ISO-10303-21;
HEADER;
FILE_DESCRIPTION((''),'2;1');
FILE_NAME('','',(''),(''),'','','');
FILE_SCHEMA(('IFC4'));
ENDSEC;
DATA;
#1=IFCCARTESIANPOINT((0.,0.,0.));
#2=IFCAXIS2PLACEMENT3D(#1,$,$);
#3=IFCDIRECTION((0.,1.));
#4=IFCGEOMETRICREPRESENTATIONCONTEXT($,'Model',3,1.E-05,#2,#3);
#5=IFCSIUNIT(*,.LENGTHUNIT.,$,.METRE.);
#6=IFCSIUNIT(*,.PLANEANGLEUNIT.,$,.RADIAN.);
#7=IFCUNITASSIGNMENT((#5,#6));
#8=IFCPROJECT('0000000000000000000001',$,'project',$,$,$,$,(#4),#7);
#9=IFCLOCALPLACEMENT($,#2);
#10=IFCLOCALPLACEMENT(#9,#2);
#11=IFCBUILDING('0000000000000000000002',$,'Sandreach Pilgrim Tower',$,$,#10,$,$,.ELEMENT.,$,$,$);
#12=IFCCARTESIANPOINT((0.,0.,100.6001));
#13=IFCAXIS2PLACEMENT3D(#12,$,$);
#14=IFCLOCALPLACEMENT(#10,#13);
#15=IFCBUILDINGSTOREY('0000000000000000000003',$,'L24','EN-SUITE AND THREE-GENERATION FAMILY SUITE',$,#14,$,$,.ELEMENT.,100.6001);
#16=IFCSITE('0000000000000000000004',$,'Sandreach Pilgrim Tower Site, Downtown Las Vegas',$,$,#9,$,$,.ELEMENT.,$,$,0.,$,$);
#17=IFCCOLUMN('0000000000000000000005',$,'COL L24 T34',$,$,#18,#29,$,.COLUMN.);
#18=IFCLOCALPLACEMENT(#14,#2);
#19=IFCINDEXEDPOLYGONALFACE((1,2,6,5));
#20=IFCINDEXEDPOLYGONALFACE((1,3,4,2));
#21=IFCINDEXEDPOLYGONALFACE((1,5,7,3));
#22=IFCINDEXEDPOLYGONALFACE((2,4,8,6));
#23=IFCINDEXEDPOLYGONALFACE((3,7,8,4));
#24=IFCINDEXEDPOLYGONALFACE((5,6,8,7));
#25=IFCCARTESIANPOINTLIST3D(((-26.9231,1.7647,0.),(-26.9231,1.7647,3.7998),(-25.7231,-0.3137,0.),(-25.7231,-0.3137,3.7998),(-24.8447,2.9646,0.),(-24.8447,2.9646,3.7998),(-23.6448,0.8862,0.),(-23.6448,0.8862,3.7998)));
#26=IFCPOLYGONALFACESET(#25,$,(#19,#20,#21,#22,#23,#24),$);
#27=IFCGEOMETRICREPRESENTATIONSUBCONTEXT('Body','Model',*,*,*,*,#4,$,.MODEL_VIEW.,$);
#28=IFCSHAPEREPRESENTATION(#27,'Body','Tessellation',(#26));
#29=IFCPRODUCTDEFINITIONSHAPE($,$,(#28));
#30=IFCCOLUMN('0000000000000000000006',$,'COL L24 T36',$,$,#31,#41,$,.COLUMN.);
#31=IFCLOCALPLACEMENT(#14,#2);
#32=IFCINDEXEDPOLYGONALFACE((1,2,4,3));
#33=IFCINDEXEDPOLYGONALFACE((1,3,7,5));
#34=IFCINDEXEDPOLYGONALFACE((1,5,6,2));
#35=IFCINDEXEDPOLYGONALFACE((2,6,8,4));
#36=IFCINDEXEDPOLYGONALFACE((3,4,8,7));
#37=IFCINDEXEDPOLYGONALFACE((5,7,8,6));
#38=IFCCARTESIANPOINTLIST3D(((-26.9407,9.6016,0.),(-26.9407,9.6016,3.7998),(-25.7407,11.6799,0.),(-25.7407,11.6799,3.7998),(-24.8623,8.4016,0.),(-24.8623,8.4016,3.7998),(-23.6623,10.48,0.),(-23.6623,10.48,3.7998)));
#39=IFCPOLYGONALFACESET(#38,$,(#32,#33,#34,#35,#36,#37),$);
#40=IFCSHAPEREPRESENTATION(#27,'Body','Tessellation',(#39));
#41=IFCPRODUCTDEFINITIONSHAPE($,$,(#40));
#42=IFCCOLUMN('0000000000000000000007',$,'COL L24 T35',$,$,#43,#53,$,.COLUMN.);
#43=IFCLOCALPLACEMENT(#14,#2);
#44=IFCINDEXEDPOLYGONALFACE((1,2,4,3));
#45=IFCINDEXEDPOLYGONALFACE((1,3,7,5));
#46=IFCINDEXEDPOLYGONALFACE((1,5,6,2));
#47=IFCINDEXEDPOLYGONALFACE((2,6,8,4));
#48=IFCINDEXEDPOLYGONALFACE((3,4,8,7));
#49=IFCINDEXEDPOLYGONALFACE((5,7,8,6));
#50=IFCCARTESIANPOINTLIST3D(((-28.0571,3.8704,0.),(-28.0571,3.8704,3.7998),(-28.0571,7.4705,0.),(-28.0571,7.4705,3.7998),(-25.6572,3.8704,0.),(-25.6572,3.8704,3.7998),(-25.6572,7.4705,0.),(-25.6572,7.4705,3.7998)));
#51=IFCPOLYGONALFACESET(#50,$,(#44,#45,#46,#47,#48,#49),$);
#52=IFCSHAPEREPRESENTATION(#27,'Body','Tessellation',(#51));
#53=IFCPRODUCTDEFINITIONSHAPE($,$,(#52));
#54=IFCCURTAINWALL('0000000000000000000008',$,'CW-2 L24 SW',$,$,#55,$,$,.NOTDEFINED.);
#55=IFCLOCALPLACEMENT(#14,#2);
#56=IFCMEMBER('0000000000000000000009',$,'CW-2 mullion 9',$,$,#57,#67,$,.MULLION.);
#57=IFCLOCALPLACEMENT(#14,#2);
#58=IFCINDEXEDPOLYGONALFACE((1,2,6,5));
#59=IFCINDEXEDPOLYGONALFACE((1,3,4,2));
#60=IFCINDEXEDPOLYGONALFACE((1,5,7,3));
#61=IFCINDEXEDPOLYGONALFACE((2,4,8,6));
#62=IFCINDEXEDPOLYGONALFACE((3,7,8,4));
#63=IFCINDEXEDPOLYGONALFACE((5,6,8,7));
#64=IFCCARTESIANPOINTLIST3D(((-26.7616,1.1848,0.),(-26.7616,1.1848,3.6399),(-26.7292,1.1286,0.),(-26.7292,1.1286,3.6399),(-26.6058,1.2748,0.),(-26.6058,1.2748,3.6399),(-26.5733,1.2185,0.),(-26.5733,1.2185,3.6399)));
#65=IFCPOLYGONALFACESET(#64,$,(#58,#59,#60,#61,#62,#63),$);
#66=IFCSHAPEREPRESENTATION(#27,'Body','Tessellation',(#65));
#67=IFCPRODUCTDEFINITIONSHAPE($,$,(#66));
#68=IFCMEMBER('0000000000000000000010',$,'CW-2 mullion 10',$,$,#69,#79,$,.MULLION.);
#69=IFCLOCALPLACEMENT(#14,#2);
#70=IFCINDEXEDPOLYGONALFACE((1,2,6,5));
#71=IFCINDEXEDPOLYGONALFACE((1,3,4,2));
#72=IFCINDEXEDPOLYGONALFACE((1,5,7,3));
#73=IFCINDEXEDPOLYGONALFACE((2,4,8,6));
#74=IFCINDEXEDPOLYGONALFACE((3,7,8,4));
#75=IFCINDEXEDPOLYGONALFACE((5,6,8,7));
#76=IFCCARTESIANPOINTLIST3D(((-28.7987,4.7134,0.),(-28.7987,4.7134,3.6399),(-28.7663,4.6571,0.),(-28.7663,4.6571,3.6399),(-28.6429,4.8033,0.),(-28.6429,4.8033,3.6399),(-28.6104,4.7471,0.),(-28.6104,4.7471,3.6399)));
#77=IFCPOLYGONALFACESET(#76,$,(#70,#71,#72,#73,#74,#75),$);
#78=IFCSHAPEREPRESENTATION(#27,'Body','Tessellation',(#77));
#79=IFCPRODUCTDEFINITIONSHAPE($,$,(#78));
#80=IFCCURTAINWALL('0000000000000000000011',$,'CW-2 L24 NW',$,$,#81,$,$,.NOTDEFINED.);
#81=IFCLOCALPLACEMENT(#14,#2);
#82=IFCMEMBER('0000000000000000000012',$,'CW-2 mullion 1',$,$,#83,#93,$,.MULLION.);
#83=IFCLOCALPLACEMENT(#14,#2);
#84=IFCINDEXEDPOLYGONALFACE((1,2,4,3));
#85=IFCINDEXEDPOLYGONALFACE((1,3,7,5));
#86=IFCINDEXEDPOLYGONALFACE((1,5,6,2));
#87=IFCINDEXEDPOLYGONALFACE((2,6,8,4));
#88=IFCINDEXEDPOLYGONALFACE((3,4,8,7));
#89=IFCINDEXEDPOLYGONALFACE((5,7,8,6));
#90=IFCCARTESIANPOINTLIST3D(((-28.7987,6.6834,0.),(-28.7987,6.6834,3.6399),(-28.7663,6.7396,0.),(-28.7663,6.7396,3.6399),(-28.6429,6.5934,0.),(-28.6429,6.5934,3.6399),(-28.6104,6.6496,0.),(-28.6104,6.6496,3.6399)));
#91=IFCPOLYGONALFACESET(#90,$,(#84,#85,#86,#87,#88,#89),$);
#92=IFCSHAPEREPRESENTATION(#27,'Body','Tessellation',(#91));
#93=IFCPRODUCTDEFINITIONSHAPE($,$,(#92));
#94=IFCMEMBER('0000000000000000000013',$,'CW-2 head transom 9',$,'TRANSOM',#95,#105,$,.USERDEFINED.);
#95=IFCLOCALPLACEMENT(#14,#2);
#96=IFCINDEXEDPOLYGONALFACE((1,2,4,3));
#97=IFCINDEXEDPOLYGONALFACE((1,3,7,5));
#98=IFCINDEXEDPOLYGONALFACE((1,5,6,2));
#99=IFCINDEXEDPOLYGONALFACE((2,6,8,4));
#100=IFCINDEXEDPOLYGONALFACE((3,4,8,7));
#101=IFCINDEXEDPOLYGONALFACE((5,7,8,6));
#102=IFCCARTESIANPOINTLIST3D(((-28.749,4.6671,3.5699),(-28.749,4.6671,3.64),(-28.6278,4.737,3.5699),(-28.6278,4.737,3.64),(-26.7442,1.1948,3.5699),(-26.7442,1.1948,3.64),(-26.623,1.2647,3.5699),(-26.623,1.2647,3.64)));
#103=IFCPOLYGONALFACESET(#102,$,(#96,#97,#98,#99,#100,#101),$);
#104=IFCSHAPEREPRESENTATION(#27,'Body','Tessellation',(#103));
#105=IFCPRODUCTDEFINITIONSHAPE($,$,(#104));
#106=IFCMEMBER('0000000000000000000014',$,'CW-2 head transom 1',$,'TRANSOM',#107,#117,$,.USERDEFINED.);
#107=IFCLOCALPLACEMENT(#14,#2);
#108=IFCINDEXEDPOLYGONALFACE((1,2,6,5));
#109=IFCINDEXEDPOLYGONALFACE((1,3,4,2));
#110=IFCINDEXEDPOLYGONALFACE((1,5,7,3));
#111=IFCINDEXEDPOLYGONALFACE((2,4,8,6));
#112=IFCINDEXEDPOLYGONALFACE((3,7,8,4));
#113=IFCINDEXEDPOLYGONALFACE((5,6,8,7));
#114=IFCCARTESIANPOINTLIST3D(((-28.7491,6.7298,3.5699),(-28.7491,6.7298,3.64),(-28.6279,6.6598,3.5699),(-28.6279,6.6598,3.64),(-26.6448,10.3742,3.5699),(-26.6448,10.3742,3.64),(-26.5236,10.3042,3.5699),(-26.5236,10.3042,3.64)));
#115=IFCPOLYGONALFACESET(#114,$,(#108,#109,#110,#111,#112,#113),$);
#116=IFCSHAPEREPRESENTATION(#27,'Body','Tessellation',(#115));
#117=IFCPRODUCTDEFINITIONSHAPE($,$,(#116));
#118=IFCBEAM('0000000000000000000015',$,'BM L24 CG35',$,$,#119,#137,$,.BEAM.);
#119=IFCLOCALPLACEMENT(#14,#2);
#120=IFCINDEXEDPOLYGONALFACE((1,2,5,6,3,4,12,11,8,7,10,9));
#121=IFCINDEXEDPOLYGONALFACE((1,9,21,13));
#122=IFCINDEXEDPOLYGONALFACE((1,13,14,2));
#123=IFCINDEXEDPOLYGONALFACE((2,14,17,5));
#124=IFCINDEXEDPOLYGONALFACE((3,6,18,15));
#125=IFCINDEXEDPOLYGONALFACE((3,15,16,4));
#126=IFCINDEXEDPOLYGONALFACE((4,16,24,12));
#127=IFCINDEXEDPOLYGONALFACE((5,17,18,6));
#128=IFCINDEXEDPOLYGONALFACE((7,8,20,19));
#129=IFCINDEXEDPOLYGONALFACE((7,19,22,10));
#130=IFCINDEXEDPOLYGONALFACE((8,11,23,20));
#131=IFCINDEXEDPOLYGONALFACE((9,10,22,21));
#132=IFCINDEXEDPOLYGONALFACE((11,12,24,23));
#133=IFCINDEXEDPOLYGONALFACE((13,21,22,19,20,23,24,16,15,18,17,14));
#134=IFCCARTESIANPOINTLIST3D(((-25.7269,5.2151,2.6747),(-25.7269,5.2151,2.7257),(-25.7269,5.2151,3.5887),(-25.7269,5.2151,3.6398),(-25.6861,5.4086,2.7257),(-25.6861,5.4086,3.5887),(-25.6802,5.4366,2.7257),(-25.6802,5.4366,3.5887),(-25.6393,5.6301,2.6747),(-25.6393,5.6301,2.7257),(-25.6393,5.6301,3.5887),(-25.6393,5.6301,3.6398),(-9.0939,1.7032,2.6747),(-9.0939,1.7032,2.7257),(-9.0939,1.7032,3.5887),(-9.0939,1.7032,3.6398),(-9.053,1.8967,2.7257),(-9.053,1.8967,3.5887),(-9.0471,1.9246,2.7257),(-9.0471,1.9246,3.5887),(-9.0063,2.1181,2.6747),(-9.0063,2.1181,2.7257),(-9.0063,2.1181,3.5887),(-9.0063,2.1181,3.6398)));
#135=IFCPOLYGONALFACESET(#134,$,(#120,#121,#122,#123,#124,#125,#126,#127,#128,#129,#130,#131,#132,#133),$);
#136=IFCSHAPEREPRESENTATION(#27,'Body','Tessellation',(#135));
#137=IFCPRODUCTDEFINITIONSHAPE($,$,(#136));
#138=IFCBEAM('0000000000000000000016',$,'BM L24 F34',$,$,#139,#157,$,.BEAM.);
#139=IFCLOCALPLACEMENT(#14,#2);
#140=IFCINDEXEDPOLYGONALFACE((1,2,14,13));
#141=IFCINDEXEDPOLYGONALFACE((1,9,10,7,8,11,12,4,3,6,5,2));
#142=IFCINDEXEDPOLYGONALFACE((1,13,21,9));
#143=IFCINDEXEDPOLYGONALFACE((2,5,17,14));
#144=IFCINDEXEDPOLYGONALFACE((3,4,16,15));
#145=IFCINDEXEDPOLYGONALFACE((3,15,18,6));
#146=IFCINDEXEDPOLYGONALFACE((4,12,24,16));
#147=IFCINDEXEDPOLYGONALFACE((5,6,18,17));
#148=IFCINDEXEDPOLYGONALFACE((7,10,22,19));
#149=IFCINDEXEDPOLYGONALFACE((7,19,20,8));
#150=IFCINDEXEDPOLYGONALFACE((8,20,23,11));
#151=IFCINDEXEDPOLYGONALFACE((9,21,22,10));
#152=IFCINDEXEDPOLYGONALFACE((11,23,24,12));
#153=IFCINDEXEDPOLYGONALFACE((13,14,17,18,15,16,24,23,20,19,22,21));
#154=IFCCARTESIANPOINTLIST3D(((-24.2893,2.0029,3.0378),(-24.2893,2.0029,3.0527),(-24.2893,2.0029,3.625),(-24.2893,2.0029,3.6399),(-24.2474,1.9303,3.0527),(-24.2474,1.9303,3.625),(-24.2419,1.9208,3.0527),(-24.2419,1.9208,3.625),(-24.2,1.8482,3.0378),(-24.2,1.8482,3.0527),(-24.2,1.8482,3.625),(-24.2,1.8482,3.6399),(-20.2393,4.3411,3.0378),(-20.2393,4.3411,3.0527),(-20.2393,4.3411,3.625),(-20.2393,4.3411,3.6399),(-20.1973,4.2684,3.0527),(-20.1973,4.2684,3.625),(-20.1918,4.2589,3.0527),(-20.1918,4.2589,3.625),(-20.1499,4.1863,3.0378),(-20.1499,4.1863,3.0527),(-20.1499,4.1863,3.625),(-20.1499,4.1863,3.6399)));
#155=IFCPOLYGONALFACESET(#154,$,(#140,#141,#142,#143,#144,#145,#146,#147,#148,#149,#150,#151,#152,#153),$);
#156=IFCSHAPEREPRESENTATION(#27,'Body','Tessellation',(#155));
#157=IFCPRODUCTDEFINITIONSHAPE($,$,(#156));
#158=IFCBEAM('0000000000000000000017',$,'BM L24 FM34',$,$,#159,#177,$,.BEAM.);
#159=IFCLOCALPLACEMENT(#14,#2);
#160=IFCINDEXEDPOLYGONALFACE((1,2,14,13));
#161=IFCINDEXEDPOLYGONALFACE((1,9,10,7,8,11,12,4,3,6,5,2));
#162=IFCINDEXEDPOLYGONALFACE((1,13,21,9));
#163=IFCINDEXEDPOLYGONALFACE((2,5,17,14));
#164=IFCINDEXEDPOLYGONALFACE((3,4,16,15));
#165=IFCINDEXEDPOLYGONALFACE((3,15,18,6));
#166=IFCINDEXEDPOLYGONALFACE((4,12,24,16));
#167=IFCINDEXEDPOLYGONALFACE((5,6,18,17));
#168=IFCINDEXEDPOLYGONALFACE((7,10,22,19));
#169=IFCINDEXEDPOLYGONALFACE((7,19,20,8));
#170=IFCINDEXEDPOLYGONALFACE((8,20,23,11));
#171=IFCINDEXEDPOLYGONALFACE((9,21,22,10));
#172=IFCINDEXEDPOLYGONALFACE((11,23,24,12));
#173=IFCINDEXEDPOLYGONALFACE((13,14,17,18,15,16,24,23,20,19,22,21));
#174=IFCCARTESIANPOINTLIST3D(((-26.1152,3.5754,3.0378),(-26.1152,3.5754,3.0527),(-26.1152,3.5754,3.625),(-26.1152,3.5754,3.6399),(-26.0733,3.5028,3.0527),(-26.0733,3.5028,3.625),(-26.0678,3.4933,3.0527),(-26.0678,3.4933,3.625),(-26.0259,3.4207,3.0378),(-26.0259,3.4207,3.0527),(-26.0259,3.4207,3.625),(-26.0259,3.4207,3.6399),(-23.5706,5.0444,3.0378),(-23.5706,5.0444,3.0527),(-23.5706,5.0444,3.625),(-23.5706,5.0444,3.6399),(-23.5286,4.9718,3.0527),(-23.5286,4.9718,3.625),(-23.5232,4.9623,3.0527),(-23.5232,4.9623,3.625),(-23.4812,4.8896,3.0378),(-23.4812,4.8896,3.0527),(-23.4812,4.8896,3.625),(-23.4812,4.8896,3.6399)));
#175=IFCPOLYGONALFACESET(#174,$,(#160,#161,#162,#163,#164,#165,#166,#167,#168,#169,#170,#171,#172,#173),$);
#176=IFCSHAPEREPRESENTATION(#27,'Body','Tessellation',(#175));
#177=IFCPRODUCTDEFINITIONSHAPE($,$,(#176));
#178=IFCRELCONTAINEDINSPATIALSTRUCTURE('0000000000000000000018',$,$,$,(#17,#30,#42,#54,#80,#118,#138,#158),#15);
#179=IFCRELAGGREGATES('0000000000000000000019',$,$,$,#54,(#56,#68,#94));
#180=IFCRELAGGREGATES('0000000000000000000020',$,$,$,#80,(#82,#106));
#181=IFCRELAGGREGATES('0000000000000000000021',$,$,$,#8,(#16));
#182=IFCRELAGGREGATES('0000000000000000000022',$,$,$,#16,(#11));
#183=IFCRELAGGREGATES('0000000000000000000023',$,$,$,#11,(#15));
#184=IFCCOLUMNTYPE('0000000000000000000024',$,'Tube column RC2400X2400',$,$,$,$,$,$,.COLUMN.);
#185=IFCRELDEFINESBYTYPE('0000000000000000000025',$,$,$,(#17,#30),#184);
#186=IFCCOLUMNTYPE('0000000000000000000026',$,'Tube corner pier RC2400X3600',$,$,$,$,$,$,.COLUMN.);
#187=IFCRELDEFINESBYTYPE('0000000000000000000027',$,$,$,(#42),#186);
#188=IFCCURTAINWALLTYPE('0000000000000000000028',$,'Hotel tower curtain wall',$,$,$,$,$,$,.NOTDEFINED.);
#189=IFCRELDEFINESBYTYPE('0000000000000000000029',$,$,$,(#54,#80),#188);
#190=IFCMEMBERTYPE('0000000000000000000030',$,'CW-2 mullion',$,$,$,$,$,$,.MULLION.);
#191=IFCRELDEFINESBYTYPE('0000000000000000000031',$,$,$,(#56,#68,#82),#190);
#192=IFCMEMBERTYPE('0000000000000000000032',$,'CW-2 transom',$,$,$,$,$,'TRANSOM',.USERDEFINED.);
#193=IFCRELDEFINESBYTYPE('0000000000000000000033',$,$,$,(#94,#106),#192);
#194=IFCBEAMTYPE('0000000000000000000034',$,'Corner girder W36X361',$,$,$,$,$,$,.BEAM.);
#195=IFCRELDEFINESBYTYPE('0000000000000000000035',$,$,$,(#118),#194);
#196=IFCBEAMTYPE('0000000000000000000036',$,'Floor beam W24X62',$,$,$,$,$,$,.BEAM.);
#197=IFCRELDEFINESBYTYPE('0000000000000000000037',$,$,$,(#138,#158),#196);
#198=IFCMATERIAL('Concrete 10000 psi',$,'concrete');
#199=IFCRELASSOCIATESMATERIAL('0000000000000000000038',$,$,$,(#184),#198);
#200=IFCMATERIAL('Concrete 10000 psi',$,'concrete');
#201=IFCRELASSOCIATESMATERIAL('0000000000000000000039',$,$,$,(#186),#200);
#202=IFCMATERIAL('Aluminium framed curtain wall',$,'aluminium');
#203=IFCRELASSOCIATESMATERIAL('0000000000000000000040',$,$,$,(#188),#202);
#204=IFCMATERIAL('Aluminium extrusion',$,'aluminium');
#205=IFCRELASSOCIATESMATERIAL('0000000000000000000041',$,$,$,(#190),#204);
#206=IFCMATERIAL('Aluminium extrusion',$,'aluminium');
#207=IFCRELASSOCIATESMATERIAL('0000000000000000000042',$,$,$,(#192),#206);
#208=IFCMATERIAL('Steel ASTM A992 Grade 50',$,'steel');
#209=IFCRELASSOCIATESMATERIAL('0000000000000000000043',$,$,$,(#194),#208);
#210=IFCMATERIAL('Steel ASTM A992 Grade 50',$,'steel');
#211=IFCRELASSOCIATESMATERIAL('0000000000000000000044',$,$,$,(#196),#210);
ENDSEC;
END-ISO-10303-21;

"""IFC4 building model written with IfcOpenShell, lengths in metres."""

from ifc_helpers import new_model, si_unit, direction, frame, origin, origin_2d, place, context, subcontext, project, spatial, rectangle, i_section, extrude, material, material_profile, profile_set, type_object, element, aggregate, save


model = new_model("IFC4")

# Units and contexts
model_context = context("Model", 3, precision=1e-05, world=origin(), true_north=direction((0.0, 1.0)))
body_context = subcontext(model_context, "Body", "Model", "MODEL_VIEW")
ifc_project = project(units=[si_unit("LENGTHUNIT", "METRE"), si_unit("PLANEANGLEUNIT", "RADIAN")], contexts=[model_context])

# Site, building, storey
site_placement = place(None, origin())
site = spatial("IfcSite", under=ifc_project, at=site_placement, Name="Sandreach Pilgrim Tower Site, Downtown Las Vegas", CompositionType="ELEMENT", RefElevation=0.0)
building_placement = place(site_placement, origin())
building = spatial("IfcBuilding", under=site, at=building_placement, Name="Sandreach Pilgrim Tower", CompositionType="ELEMENT")
storey_placement = place(building_placement, frame((0.0, 0.0, 100.6001)))
storey = spatial("IfcBuildingStorey", under=building, at=storey_placement, Name="L24", Description="EN-SUITE AND THREE-GENERATION FAMILY SUITE", CompositionType="ELEMENT", Elevation=100.6001)

# Columns
ifc_material_1 = material(Name="Concrete 10000 psi", Category="concrete")
ifc_material_profile_1 = material_profile(ifc_material_1, rectangle(XDim=2.3999, YDim=2.3999, at=origin_2d()), Name="RC2400X2400")
ifc_profile_set_1 = profile_set([ifc_material_profile_1], Name="Concrete 10000 psi")
column_type_1 = type_object("IfcColumnType", Name="Tube column RC2400X2400", PredefinedType="COLUMN", material=ifc_profile_set_1)
for number, where, z_axis, x_axis, name in (
    (1, (-25.2839, 1.3254, 0.0), (0.0, 0.0, 1.0), (-0.866025, -0.5, 0.0), "COL L24 T34"),
    (2, (-25.3015, 10.0408, 0.0), (0.0, 0.0, 1.0), (-0.866025, 0.5, 0.0), "COL L24 T36"),
):
    element("IfcColumn", number, at=place(storey_placement, frame(where, z_axis=z_axis, x_axis=x_axis)), inside=storey, type_object=column_type_1, Name=name, PredefinedType="COLUMN", context=body_context, shape_type="SweptSolid", body=[
        extrude(rectangle(XDim=2.3999, YDim=2.3999, at=origin_2d()), origin(), (0.0, 0.0, 1.0), 3.7998),
    ])
ifc_material_2 = material(Name="Concrete 10000 psi", Category="concrete")
ifc_material_profile_2 = material_profile(ifc_material_2, rectangle(XDim=2.3999, YDim=3.6001, at=origin_2d()), Name="RC2400X3600")
ifc_profile_set_2 = profile_set([ifc_material_profile_2], Name="Concrete 10000 psi")
column_type_2 = type_object("IfcColumnType", Name="Tube corner pier RC2400X3600", PredefinedType="COLUMN", material=ifc_profile_set_2)
column_placement = place(storey_placement, frame((-26.8572, 5.6704, 0.0), z_axis=(0.0, 0.0, 1.0), x_axis=(-1.0, 0.0, 0.0)))
element("IfcColumn", 3, at=column_placement, inside=storey, type_object=column_type_2, Name="COL L24 T35", PredefinedType="COLUMN", context=body_context, shape_type="SweptSolid", body=[
    extrude(rectangle(XDim=2.3999, YDim=3.6001, at=origin_2d()), origin(), (0.0, 0.0, 1.0), 3.7998),
])

# Curtain wall, members
ifc_material_3 = material(Name="Aluminium framed curtain wall", Category="aluminium")
curtain_wall_type = type_object("IfcCurtainWallType", Name="Hotel tower curtain wall", PredefinedType="NOTDEFINED", material=ifc_material_3)
curtain_wall_1_placement = place(storey_placement, origin())
curtain_wall_1 = element("IfcCurtainWall", 4, at=curtain_wall_1_placement, inside=storey, type_object=curtain_wall_type, Name="CW-2 L24 SW", PredefinedType="NOTDEFINED")
ifc_material_4 = material(Name="Aluminium extrusion", Category="aluminium")
ifc_material_profile_3 = material_profile(ifc_material_4, rectangle(XDim=0.0649, YDim=0.1799, at=origin_2d()), Name="CW-2M 65X180")
ifc_profile_set_3 = profile_set([ifc_material_profile_3], Name="Aluminium extrusion")
member_type_1 = type_object("IfcMemberType", Name="CW-2 mullion", PredefinedType="MULLION", material=ifc_profile_set_3)
member_1_placement = place(storey_placement, frame((-26.6675, 1.2017, 0.0), z_axis=(0.0, 0.0, 1.0), x_axis=(-0.5, 0.866025, 0.0)))
member_1 = element("IfcMember", 5, at=member_1_placement, type_object=member_type_1, Name="CW-2 mullion 9", PredefinedType="MULLION", context=body_context, shape_type="SweptSolid", body=[
    extrude(rectangle(XDim=0.0649, YDim=0.1799, at=origin_2d()), origin(), (0.0, 0.0, 1.0), 3.6399),
])
member_2_placement = place(storey_placement, frame((-28.7046, 4.7302, 0.0), z_axis=(0.0, 0.0, 1.0), x_axis=(-0.5, 0.866025, 0.0)))
member_2 = element("IfcMember", 6, at=member_2_placement, type_object=member_type_1, Name="CW-2 mullion 10", PredefinedType="MULLION", context=body_context, shape_type="SweptSolid", body=[
    extrude(rectangle(XDim=0.0649, YDim=0.1799, at=origin_2d()), origin(), (0.0, 0.0, 1.0), 3.6399),
])

# Curtain wall, member
curtain_wall_2_placement = place(storey_placement, origin())
curtain_wall_2 = element("IfcCurtainWall", 7, at=curtain_wall_2_placement, inside=storey, type_object=curtain_wall_type, Name="CW-2 L24 NW", PredefinedType="NOTDEFINED")
member_3_placement = place(storey_placement, frame((-28.7046, 6.6665, 0.0), z_axis=(0.0, 0.0, 1.0), x_axis=(0.5, 0.866025, 0.0)))
member_3 = element("IfcMember", 8, at=member_3_placement, type_object=member_type_1, Name="CW-2 mullion 1", PredefinedType="MULLION", context=body_context, shape_type="SweptSolid", body=[
    extrude(rectangle(XDim=0.0649, YDim=0.1799, at=origin_2d()), origin(), (0.0, 0.0, 1.0), 3.6399),
])

# Members
ifc_material_5 = material(Name="Aluminium extrusion", Category="aluminium")
ifc_material_profile_4 = material_profile(ifc_material_5, rectangle(XDim=0.1399, YDim=0.0701, at=origin_2d()), Name="CW-2T 140X70")
ifc_profile_set_4 = profile_set([ifc_material_profile_4], Name="Aluminium extrusion")
member_type_2 = type_object("IfcMemberType", Name="CW-2 transom", ElementType="TRANSOM", PredefinedType="USERDEFINED", material=ifc_profile_set_4)
member_4_placement = place(storey_placement, frame((-26.6836, 1.2297, 3.605), z_axis=(-0.500016, 0.866016, 0.0), x_axis=(-0.866016, -0.500016, 0.0)))
member_4 = element("IfcMember", 9, at=member_4_placement, type_object=member_type_2, Name="CW-2 head transom 9", ObjectType="TRANSOM", PredefinedType="USERDEFINED", context=body_context, shape_type="SweptSolid", body=[
    extrude(rectangle(XDim=0.1399, YDim=0.0701, at=origin_2d()), origin(), (0.0, 0.0, 1.0), 4.0095),
])
member_5_placement = place(storey_placement, frame((-28.6885, 6.6948, 3.605), z_axis=(0.500039, 0.866003, 0.0), x_axis=(-0.866003, 0.500039, 0.0)))
member_5 = element("IfcMember", 10, at=member_5_placement, type_object=member_type_2, Name="CW-2 head transom 1", ObjectType="TRANSOM", PredefinedType="USERDEFINED", context=body_context, shape_type="SweptSolid", body=[
    extrude(rectangle(XDim=0.1399, YDim=0.0701, at=origin_2d()), origin(), (0.0, 0.0, 1.0), 4.2083),
])

# Beams
ifc_material_6 = material(Name="Steel ASTM A992 Grade 50", Category="steel")
ifc_material_profile_5 = material_profile(ifc_material_6, i_section(OverallWidth=0.4241, OverallDepth=0.9651, WebThickness=0.0286, FlangeThickness=0.051, at=origin_2d()), Name="W36X361")
ifc_profile_set_5 = profile_set([ifc_material_profile_5], Name="Steel ASTM A992 Grade 50")
beam_type_1 = type_object("IfcBeamType", Name="Corner girder W36X361", PredefinedType="BEAM", material=ifc_profile_set_5)
beam_1_placement = place(storey_placement, frame((-25.6831, 5.4226, 3.1572), z_axis=(0.978428, -0.206589, 0.0), x_axis=(0.206589, 0.978428, 0.0)))
element("IfcBeam", 11, at=beam_1_placement, inside=storey, type_object=beam_type_1, Name="BM L24 CG35", PredefinedType="BEAM", context=body_context, shape_type="SweptSolid", body=[
    extrude(i_section(OverallWidth=0.4241, OverallDepth=0.9651, WebThickness=0.0286, FlangeThickness=0.051, at=origin_2d()), origin(), (0.0, 0.0, 1.0), 16.9998),
])
ifc_material_7 = material(Name="Steel ASTM A992 Grade 50", Category="steel")
ifc_material_profile_6 = material_profile(ifc_material_7, i_section(OverallWidth=0.1787, OverallDepth=0.6021, WebThickness=0.011, FlangeThickness=0.0149, at=origin_2d()), Name="W24X62")
ifc_profile_set_6 = profile_set([ifc_material_profile_6], Name="Steel ASTM A992 Grade 50")
beam_type_2 = type_object("IfcBeamType", Name="Floor beam W24X62", PredefinedType="BEAM", material=ifc_profile_set_6)
beam_2_placement = place(storey_placement, frame((-24.2446, 1.9255, 3.3389), z_axis=(0.86604, 0.499974, 0.0), x_axis=(-0.499974, 0.86604, 0.0)))
element("IfcBeam", 12, at=beam_2_placement, inside=storey, type_object=beam_type_2, Name="BM L24 F34", PredefinedType="BEAM", context=body_context, shape_type="SweptSolid", body=[
    extrude(i_section(OverallWidth=0.1787, OverallDepth=0.6021, WebThickness=0.011, FlangeThickness=0.0149, at=origin_2d()), origin(), (0.0, 0.0, 1.0), 4.6765),
])
beam_3_placement = place(storey_placement, frame((-26.0706, 3.498, 3.3389), z_axis=(0.866051, 0.499955, 0.0), x_axis=(-0.499955, 0.866051, 0.0)))
element("IfcBeam", 13, at=beam_3_placement, inside=storey, type_object=beam_type_2, Name="BM L24 FM34", PredefinedType="BEAM", context=body_context, shape_type="SweptSolid", body=[
    extrude(i_section(OverallWidth=0.1787, OverallDepth=0.6021, WebThickness=0.011, FlangeThickness=0.0149, at=origin_2d()), origin(), (0.0, 0.0, 1.0), 2.9382),
])

aggregate(curtain_wall_1, [member_1, member_2, member_4])
aggregate(curtain_wall_2, [member_3, member_5])

save(model, "model.ifc")
